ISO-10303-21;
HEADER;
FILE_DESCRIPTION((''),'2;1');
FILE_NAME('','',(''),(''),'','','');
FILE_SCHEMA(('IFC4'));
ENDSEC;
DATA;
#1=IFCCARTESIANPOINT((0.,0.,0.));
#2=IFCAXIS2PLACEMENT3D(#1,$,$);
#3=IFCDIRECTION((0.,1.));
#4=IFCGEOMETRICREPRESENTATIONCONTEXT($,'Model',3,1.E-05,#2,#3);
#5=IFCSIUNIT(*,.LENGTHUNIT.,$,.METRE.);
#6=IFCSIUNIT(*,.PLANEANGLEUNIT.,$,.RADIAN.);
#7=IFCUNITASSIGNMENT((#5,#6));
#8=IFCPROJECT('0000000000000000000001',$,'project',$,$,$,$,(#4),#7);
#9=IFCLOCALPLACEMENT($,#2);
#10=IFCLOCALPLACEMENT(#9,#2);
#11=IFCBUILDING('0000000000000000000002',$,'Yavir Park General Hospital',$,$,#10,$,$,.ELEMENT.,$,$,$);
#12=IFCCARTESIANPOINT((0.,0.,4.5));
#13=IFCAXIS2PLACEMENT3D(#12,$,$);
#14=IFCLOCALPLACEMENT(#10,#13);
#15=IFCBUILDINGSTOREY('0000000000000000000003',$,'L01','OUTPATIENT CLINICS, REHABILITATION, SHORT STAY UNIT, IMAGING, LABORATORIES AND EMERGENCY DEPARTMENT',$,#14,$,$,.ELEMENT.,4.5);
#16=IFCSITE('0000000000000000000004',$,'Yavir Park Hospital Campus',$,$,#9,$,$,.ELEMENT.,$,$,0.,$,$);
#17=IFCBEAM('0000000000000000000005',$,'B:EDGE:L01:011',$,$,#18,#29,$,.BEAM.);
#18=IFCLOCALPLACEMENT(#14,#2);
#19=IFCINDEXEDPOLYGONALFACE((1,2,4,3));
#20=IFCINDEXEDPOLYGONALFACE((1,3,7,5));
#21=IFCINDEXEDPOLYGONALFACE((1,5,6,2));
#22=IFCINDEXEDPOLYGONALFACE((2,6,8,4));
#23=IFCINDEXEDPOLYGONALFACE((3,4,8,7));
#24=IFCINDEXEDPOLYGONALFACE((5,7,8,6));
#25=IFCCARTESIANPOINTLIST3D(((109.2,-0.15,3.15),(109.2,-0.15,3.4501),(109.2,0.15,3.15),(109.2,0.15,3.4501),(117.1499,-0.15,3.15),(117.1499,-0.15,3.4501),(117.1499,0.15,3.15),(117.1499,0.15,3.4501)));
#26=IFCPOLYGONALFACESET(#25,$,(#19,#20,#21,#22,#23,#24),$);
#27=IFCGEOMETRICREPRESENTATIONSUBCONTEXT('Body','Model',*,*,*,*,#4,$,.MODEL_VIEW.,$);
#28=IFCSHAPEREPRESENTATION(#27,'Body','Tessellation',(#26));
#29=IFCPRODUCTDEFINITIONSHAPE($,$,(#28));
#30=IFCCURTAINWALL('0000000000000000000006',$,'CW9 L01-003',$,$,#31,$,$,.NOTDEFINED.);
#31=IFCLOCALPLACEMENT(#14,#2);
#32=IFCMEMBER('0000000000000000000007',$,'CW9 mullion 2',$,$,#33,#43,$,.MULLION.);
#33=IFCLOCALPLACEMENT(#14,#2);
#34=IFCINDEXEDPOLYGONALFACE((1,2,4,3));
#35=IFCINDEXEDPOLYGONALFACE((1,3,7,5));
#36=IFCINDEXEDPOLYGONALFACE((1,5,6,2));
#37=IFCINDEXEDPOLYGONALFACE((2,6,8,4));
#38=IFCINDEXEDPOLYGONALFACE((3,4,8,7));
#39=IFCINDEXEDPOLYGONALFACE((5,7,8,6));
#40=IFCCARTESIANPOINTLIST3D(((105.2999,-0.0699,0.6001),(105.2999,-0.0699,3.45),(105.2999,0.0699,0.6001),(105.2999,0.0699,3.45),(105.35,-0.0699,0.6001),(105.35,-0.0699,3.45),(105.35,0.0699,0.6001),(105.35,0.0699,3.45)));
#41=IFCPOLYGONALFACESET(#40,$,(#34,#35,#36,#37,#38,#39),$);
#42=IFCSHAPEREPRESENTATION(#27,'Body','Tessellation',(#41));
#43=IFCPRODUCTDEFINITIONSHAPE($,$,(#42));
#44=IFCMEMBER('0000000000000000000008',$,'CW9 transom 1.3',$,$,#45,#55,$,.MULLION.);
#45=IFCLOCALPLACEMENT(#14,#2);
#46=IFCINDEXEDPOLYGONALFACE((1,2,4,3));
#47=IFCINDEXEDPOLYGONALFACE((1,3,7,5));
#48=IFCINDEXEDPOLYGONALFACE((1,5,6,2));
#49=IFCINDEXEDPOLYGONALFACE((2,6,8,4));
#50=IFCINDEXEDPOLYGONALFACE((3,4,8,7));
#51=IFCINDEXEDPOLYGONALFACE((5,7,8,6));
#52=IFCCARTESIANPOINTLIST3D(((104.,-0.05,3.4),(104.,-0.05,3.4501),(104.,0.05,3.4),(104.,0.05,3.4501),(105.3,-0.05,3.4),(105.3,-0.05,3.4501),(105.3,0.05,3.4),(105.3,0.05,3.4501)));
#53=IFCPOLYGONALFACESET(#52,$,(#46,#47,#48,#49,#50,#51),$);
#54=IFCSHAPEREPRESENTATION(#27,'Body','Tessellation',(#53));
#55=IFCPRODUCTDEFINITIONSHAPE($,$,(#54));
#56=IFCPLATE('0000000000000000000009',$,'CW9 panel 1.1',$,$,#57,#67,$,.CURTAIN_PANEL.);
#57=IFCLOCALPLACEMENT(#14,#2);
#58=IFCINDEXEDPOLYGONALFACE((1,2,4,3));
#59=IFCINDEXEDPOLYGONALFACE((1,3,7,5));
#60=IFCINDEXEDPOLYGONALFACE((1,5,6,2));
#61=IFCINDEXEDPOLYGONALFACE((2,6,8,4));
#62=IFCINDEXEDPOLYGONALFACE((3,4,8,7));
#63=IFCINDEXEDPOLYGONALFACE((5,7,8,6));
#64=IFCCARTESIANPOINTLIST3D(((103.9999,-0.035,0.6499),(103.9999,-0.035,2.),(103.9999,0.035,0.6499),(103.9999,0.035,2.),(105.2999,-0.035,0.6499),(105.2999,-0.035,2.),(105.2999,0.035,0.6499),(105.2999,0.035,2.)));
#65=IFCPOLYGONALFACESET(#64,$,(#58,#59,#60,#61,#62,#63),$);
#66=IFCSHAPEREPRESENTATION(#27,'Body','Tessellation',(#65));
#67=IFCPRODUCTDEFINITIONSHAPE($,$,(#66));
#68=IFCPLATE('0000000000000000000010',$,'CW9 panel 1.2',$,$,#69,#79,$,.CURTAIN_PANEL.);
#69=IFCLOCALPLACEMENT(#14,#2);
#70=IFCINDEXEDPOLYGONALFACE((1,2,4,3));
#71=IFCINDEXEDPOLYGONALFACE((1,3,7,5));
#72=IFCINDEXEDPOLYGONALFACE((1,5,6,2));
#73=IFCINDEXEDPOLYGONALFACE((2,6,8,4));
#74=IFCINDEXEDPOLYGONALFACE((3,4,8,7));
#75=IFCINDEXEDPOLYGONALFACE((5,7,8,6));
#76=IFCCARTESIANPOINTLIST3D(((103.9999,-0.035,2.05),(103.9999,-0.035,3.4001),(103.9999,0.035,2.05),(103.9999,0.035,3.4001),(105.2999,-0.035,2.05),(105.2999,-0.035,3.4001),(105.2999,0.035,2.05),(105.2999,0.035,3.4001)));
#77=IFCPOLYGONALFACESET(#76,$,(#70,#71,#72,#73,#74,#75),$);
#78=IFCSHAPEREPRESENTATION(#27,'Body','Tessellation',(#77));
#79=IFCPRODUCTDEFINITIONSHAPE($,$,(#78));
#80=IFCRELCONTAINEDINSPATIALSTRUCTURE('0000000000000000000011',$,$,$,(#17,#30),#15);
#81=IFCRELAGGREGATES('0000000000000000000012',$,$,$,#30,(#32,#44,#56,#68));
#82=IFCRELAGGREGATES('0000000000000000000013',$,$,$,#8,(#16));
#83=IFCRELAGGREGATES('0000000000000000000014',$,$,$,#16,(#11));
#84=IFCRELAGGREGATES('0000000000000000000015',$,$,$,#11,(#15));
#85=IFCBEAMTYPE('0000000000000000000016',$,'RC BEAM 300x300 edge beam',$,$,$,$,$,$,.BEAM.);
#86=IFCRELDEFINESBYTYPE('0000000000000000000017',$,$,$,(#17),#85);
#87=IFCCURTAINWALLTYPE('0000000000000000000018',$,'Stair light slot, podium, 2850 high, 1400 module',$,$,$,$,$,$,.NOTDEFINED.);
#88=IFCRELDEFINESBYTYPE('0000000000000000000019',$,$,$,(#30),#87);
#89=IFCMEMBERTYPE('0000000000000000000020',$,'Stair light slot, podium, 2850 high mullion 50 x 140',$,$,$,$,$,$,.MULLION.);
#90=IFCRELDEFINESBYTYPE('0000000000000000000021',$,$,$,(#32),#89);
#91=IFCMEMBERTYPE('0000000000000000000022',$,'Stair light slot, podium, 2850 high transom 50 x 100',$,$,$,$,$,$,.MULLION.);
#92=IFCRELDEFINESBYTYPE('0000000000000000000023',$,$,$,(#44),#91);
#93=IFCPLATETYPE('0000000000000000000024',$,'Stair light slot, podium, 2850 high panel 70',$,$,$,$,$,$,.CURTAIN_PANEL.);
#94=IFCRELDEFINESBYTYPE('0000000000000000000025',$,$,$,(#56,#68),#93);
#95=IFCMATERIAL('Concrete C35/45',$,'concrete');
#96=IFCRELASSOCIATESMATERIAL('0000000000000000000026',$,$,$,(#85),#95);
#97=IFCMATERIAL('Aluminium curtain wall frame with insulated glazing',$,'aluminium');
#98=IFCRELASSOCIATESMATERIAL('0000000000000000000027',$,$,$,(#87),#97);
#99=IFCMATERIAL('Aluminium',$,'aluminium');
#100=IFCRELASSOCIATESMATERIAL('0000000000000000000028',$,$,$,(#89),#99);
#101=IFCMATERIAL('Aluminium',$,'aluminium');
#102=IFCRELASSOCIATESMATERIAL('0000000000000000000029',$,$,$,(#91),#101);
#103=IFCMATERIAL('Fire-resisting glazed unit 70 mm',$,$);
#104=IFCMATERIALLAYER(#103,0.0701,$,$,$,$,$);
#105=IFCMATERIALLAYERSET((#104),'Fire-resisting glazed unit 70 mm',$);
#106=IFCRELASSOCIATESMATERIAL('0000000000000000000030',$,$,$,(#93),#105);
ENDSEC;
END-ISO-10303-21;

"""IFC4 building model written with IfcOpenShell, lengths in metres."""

from ifc_helpers import new_model, si_unit, direction, frame, origin, origin_2d, place, context, subcontext, project, spatial, rectangle, extrude, material, layer, layer_set, material_profile, profile_set, type_object, element, aggregate, save


model = new_model("IFC4")

# Units and contexts
model_context = context("Model", 3, precision=1e-05, world=origin(), true_north=direction((0.0, 1.0)))
body_context = subcontext(model_context, "Body", "Model", "MODEL_VIEW")
ifc_project = project(units=[si_unit("LENGTHUNIT", "METRE"), si_unit("PLANEANGLEUNIT", "RADIAN")], contexts=[model_context])

# Site, building, storey
site_placement = place(None, origin())
site = spatial("IfcSite", under=ifc_project, at=site_placement, Name="Yavir Park Hospital Campus", CompositionType="ELEMENT", RefElevation=0.0)
building_placement = place(site_placement, origin())
building = spatial("IfcBuilding", under=site, at=building_placement, Name="Yavir Park General Hospital", CompositionType="ELEMENT")
storey_placement = place(building_placement, frame((0.0, 0.0, 4.5)))
storey = spatial("IfcBuildingStorey", under=building, at=storey_placement, Name="L01", Description="OUTPATIENT CLINICS, REHABILITATION, SHORT STAY UNIT, IMAGING, LABORATORIES AND EMERGENCY DEPARTMENT", CompositionType="ELEMENT", Elevation=4.5)

# Beam
ifc_material_1 = material(Name="Concrete C35/45", Category="concrete")
ifc_material_profile_1 = material_profile(ifc_material_1, rectangle(XDim=0.3, YDim=0.3, at=origin_2d()), Name="RC300x300")
ifc_profile_set_1 = profile_set([ifc_material_profile_1], Name="Concrete C35/45")
beam_type = type_object("IfcBeamType", Name="RC BEAM 300x300 edge beam", PredefinedType="BEAM", material=ifc_profile_set_1)
beam_placement = place(storey_placement, frame((109.2, 0.0, 3.3), z_axis=(1.0, 0.0, 0.0), x_axis=(0.0, 1.0, 0.0)))
element("IfcBeam", 1, at=beam_placement, inside=storey, type_object=beam_type, Name="B:EDGE:L01:011", PredefinedType="BEAM", context=body_context, shape_type="SweptSolid", body=[
    extrude(rectangle(XDim=0.3, YDim=0.3, at=origin_2d()), origin(), (0.0, 0.0, 1.0), 7.95),
])

# Curtain wall, members, plates
ifc_material_2 = material(Name="Aluminium curtain wall frame with insulated glazing", Category="aluminium")
curtain_wall_type = type_object("IfcCurtainWallType", Name="Stair light slot, podium, 2850 high, 1400 module", PredefinedType="NOTDEFINED", material=ifc_material_2)
curtain_wall_placement = place(storey_placement, origin())
curtain_wall = element("IfcCurtainWall", 2, at=curtain_wall_placement, inside=storey, type_object=curtain_wall_type, Name="CW9 L01-003", PredefinedType="NOTDEFINED")
ifc_material_3 = material(Name="Aluminium", Category="aluminium")
ifc_material_profile_2 = material_profile(ifc_material_3, rectangle(XDim=0.1399, YDim=0.05, at=origin_2d()), Name="AL 50x140")
ifc_profile_set_2 = profile_set([ifc_material_profile_2], Name="Aluminium")
member_type_1 = type_object("IfcMemberType", Name="Stair light slot, podium, 2850 high mullion 50 x 140", PredefinedType="MULLION", material=ifc_profile_set_2)
member_1_placement = place(storey_placement, frame((105.325, 0.0, 0.6001), z_axis=(0.0, 0.0, 1.0), x_axis=(0.0, 1.0, 0.0)))
member_1 = element("IfcMember", 3, at=member_1_placement, type_object=member_type_1, Name="CW9 mullion 2", PredefinedType="MULLION", context=body_context, shape_type="SweptSolid", body=[
    extrude(rectangle(XDim=0.1399, YDim=0.05, at=origin_2d()), origin(), (0.0, 0.0, 1.0), 2.8499),
])
ifc_material_4 = material(Name="Aluminium", Category="aluminium")
ifc_material_profile_3 = material_profile(ifc_material_4, rectangle(XDim=0.1001, YDim=0.05, at=origin_2d()), Name="AL 100x50")
ifc_profile_set_3 = profile_set([ifc_material_profile_3], Name="Aluminium")
member_type_2 = type_object("IfcMemberType", Name="Stair light slot, podium, 2850 high transom 50 x 100", PredefinedType="MULLION", material=ifc_profile_set_3)
member_2_placement = place(storey_placement, frame((104.0, 0.0, 3.425), z_axis=(1.0, 0.0, 0.0), x_axis=(0.0, 1.0, 0.0)))
member_2 = element("IfcMember", 4, at=member_2_placement, type_object=member_type_2, Name="CW9 transom 1.3", PredefinedType="MULLION", context=body_context, shape_type="SweptSolid", body=[
    extrude(rectangle(XDim=0.1001, YDim=0.05, at=origin_2d()), origin(), (0.0, 0.0, 1.0), 1.3),
])
ifc_material_5 = material(Name="Fire-resisting glazed unit 70 mm")
ifc_layer_1 = layer(ifc_material_5, 0.0701)
ifc_layer_set_1 = layer_set([ifc_layer_1], Name="Fire-resisting glazed unit 70 mm")
plate_type = type_object("IfcPlateType", Name="Stair light slot, podium, 2850 high panel 70", PredefinedType="CURTAIN_PANEL", material=ifc_layer_set_1)
plate_1_placement = place(storey_placement, frame((104.6499, 0.0, 0.6499), z_axis=(0.0, 0.0, 1.0), x_axis=(1.0, 0.0, 0.0)))
plate_1 = element("IfcPlate", 5, at=plate_1_placement, type_object=plate_type, Name="CW9 panel 1.1", PredefinedType="CURTAIN_PANEL", context=body_context, shape_type="SweptSolid", body=[
    extrude(rectangle(XDim=1.3, YDim=0.0701, at=origin_2d()), origin(), (0.0, 0.0, 1.0), 1.3501),
])
plate_2_placement = place(storey_placement, frame((104.6499, 0.0, 2.05), z_axis=(0.0, 0.0, 1.0), x_axis=(1.0, 0.0, 0.0)))
plate_2 = element("IfcPlate", 6, at=plate_2_placement, type_object=plate_type, Name="CW9 panel 1.2", PredefinedType="CURTAIN_PANEL", context=body_context, shape_type="SweptSolid", body=[
    extrude(rectangle(XDim=1.3, YDim=0.0701, at=origin_2d()), origin(), (0.0, 0.0, 1.0), 1.3501),
])
aggregate(curtain_wall, [member_1, member_2, plate_1, plate_2])

save(model, "model.ifc")
